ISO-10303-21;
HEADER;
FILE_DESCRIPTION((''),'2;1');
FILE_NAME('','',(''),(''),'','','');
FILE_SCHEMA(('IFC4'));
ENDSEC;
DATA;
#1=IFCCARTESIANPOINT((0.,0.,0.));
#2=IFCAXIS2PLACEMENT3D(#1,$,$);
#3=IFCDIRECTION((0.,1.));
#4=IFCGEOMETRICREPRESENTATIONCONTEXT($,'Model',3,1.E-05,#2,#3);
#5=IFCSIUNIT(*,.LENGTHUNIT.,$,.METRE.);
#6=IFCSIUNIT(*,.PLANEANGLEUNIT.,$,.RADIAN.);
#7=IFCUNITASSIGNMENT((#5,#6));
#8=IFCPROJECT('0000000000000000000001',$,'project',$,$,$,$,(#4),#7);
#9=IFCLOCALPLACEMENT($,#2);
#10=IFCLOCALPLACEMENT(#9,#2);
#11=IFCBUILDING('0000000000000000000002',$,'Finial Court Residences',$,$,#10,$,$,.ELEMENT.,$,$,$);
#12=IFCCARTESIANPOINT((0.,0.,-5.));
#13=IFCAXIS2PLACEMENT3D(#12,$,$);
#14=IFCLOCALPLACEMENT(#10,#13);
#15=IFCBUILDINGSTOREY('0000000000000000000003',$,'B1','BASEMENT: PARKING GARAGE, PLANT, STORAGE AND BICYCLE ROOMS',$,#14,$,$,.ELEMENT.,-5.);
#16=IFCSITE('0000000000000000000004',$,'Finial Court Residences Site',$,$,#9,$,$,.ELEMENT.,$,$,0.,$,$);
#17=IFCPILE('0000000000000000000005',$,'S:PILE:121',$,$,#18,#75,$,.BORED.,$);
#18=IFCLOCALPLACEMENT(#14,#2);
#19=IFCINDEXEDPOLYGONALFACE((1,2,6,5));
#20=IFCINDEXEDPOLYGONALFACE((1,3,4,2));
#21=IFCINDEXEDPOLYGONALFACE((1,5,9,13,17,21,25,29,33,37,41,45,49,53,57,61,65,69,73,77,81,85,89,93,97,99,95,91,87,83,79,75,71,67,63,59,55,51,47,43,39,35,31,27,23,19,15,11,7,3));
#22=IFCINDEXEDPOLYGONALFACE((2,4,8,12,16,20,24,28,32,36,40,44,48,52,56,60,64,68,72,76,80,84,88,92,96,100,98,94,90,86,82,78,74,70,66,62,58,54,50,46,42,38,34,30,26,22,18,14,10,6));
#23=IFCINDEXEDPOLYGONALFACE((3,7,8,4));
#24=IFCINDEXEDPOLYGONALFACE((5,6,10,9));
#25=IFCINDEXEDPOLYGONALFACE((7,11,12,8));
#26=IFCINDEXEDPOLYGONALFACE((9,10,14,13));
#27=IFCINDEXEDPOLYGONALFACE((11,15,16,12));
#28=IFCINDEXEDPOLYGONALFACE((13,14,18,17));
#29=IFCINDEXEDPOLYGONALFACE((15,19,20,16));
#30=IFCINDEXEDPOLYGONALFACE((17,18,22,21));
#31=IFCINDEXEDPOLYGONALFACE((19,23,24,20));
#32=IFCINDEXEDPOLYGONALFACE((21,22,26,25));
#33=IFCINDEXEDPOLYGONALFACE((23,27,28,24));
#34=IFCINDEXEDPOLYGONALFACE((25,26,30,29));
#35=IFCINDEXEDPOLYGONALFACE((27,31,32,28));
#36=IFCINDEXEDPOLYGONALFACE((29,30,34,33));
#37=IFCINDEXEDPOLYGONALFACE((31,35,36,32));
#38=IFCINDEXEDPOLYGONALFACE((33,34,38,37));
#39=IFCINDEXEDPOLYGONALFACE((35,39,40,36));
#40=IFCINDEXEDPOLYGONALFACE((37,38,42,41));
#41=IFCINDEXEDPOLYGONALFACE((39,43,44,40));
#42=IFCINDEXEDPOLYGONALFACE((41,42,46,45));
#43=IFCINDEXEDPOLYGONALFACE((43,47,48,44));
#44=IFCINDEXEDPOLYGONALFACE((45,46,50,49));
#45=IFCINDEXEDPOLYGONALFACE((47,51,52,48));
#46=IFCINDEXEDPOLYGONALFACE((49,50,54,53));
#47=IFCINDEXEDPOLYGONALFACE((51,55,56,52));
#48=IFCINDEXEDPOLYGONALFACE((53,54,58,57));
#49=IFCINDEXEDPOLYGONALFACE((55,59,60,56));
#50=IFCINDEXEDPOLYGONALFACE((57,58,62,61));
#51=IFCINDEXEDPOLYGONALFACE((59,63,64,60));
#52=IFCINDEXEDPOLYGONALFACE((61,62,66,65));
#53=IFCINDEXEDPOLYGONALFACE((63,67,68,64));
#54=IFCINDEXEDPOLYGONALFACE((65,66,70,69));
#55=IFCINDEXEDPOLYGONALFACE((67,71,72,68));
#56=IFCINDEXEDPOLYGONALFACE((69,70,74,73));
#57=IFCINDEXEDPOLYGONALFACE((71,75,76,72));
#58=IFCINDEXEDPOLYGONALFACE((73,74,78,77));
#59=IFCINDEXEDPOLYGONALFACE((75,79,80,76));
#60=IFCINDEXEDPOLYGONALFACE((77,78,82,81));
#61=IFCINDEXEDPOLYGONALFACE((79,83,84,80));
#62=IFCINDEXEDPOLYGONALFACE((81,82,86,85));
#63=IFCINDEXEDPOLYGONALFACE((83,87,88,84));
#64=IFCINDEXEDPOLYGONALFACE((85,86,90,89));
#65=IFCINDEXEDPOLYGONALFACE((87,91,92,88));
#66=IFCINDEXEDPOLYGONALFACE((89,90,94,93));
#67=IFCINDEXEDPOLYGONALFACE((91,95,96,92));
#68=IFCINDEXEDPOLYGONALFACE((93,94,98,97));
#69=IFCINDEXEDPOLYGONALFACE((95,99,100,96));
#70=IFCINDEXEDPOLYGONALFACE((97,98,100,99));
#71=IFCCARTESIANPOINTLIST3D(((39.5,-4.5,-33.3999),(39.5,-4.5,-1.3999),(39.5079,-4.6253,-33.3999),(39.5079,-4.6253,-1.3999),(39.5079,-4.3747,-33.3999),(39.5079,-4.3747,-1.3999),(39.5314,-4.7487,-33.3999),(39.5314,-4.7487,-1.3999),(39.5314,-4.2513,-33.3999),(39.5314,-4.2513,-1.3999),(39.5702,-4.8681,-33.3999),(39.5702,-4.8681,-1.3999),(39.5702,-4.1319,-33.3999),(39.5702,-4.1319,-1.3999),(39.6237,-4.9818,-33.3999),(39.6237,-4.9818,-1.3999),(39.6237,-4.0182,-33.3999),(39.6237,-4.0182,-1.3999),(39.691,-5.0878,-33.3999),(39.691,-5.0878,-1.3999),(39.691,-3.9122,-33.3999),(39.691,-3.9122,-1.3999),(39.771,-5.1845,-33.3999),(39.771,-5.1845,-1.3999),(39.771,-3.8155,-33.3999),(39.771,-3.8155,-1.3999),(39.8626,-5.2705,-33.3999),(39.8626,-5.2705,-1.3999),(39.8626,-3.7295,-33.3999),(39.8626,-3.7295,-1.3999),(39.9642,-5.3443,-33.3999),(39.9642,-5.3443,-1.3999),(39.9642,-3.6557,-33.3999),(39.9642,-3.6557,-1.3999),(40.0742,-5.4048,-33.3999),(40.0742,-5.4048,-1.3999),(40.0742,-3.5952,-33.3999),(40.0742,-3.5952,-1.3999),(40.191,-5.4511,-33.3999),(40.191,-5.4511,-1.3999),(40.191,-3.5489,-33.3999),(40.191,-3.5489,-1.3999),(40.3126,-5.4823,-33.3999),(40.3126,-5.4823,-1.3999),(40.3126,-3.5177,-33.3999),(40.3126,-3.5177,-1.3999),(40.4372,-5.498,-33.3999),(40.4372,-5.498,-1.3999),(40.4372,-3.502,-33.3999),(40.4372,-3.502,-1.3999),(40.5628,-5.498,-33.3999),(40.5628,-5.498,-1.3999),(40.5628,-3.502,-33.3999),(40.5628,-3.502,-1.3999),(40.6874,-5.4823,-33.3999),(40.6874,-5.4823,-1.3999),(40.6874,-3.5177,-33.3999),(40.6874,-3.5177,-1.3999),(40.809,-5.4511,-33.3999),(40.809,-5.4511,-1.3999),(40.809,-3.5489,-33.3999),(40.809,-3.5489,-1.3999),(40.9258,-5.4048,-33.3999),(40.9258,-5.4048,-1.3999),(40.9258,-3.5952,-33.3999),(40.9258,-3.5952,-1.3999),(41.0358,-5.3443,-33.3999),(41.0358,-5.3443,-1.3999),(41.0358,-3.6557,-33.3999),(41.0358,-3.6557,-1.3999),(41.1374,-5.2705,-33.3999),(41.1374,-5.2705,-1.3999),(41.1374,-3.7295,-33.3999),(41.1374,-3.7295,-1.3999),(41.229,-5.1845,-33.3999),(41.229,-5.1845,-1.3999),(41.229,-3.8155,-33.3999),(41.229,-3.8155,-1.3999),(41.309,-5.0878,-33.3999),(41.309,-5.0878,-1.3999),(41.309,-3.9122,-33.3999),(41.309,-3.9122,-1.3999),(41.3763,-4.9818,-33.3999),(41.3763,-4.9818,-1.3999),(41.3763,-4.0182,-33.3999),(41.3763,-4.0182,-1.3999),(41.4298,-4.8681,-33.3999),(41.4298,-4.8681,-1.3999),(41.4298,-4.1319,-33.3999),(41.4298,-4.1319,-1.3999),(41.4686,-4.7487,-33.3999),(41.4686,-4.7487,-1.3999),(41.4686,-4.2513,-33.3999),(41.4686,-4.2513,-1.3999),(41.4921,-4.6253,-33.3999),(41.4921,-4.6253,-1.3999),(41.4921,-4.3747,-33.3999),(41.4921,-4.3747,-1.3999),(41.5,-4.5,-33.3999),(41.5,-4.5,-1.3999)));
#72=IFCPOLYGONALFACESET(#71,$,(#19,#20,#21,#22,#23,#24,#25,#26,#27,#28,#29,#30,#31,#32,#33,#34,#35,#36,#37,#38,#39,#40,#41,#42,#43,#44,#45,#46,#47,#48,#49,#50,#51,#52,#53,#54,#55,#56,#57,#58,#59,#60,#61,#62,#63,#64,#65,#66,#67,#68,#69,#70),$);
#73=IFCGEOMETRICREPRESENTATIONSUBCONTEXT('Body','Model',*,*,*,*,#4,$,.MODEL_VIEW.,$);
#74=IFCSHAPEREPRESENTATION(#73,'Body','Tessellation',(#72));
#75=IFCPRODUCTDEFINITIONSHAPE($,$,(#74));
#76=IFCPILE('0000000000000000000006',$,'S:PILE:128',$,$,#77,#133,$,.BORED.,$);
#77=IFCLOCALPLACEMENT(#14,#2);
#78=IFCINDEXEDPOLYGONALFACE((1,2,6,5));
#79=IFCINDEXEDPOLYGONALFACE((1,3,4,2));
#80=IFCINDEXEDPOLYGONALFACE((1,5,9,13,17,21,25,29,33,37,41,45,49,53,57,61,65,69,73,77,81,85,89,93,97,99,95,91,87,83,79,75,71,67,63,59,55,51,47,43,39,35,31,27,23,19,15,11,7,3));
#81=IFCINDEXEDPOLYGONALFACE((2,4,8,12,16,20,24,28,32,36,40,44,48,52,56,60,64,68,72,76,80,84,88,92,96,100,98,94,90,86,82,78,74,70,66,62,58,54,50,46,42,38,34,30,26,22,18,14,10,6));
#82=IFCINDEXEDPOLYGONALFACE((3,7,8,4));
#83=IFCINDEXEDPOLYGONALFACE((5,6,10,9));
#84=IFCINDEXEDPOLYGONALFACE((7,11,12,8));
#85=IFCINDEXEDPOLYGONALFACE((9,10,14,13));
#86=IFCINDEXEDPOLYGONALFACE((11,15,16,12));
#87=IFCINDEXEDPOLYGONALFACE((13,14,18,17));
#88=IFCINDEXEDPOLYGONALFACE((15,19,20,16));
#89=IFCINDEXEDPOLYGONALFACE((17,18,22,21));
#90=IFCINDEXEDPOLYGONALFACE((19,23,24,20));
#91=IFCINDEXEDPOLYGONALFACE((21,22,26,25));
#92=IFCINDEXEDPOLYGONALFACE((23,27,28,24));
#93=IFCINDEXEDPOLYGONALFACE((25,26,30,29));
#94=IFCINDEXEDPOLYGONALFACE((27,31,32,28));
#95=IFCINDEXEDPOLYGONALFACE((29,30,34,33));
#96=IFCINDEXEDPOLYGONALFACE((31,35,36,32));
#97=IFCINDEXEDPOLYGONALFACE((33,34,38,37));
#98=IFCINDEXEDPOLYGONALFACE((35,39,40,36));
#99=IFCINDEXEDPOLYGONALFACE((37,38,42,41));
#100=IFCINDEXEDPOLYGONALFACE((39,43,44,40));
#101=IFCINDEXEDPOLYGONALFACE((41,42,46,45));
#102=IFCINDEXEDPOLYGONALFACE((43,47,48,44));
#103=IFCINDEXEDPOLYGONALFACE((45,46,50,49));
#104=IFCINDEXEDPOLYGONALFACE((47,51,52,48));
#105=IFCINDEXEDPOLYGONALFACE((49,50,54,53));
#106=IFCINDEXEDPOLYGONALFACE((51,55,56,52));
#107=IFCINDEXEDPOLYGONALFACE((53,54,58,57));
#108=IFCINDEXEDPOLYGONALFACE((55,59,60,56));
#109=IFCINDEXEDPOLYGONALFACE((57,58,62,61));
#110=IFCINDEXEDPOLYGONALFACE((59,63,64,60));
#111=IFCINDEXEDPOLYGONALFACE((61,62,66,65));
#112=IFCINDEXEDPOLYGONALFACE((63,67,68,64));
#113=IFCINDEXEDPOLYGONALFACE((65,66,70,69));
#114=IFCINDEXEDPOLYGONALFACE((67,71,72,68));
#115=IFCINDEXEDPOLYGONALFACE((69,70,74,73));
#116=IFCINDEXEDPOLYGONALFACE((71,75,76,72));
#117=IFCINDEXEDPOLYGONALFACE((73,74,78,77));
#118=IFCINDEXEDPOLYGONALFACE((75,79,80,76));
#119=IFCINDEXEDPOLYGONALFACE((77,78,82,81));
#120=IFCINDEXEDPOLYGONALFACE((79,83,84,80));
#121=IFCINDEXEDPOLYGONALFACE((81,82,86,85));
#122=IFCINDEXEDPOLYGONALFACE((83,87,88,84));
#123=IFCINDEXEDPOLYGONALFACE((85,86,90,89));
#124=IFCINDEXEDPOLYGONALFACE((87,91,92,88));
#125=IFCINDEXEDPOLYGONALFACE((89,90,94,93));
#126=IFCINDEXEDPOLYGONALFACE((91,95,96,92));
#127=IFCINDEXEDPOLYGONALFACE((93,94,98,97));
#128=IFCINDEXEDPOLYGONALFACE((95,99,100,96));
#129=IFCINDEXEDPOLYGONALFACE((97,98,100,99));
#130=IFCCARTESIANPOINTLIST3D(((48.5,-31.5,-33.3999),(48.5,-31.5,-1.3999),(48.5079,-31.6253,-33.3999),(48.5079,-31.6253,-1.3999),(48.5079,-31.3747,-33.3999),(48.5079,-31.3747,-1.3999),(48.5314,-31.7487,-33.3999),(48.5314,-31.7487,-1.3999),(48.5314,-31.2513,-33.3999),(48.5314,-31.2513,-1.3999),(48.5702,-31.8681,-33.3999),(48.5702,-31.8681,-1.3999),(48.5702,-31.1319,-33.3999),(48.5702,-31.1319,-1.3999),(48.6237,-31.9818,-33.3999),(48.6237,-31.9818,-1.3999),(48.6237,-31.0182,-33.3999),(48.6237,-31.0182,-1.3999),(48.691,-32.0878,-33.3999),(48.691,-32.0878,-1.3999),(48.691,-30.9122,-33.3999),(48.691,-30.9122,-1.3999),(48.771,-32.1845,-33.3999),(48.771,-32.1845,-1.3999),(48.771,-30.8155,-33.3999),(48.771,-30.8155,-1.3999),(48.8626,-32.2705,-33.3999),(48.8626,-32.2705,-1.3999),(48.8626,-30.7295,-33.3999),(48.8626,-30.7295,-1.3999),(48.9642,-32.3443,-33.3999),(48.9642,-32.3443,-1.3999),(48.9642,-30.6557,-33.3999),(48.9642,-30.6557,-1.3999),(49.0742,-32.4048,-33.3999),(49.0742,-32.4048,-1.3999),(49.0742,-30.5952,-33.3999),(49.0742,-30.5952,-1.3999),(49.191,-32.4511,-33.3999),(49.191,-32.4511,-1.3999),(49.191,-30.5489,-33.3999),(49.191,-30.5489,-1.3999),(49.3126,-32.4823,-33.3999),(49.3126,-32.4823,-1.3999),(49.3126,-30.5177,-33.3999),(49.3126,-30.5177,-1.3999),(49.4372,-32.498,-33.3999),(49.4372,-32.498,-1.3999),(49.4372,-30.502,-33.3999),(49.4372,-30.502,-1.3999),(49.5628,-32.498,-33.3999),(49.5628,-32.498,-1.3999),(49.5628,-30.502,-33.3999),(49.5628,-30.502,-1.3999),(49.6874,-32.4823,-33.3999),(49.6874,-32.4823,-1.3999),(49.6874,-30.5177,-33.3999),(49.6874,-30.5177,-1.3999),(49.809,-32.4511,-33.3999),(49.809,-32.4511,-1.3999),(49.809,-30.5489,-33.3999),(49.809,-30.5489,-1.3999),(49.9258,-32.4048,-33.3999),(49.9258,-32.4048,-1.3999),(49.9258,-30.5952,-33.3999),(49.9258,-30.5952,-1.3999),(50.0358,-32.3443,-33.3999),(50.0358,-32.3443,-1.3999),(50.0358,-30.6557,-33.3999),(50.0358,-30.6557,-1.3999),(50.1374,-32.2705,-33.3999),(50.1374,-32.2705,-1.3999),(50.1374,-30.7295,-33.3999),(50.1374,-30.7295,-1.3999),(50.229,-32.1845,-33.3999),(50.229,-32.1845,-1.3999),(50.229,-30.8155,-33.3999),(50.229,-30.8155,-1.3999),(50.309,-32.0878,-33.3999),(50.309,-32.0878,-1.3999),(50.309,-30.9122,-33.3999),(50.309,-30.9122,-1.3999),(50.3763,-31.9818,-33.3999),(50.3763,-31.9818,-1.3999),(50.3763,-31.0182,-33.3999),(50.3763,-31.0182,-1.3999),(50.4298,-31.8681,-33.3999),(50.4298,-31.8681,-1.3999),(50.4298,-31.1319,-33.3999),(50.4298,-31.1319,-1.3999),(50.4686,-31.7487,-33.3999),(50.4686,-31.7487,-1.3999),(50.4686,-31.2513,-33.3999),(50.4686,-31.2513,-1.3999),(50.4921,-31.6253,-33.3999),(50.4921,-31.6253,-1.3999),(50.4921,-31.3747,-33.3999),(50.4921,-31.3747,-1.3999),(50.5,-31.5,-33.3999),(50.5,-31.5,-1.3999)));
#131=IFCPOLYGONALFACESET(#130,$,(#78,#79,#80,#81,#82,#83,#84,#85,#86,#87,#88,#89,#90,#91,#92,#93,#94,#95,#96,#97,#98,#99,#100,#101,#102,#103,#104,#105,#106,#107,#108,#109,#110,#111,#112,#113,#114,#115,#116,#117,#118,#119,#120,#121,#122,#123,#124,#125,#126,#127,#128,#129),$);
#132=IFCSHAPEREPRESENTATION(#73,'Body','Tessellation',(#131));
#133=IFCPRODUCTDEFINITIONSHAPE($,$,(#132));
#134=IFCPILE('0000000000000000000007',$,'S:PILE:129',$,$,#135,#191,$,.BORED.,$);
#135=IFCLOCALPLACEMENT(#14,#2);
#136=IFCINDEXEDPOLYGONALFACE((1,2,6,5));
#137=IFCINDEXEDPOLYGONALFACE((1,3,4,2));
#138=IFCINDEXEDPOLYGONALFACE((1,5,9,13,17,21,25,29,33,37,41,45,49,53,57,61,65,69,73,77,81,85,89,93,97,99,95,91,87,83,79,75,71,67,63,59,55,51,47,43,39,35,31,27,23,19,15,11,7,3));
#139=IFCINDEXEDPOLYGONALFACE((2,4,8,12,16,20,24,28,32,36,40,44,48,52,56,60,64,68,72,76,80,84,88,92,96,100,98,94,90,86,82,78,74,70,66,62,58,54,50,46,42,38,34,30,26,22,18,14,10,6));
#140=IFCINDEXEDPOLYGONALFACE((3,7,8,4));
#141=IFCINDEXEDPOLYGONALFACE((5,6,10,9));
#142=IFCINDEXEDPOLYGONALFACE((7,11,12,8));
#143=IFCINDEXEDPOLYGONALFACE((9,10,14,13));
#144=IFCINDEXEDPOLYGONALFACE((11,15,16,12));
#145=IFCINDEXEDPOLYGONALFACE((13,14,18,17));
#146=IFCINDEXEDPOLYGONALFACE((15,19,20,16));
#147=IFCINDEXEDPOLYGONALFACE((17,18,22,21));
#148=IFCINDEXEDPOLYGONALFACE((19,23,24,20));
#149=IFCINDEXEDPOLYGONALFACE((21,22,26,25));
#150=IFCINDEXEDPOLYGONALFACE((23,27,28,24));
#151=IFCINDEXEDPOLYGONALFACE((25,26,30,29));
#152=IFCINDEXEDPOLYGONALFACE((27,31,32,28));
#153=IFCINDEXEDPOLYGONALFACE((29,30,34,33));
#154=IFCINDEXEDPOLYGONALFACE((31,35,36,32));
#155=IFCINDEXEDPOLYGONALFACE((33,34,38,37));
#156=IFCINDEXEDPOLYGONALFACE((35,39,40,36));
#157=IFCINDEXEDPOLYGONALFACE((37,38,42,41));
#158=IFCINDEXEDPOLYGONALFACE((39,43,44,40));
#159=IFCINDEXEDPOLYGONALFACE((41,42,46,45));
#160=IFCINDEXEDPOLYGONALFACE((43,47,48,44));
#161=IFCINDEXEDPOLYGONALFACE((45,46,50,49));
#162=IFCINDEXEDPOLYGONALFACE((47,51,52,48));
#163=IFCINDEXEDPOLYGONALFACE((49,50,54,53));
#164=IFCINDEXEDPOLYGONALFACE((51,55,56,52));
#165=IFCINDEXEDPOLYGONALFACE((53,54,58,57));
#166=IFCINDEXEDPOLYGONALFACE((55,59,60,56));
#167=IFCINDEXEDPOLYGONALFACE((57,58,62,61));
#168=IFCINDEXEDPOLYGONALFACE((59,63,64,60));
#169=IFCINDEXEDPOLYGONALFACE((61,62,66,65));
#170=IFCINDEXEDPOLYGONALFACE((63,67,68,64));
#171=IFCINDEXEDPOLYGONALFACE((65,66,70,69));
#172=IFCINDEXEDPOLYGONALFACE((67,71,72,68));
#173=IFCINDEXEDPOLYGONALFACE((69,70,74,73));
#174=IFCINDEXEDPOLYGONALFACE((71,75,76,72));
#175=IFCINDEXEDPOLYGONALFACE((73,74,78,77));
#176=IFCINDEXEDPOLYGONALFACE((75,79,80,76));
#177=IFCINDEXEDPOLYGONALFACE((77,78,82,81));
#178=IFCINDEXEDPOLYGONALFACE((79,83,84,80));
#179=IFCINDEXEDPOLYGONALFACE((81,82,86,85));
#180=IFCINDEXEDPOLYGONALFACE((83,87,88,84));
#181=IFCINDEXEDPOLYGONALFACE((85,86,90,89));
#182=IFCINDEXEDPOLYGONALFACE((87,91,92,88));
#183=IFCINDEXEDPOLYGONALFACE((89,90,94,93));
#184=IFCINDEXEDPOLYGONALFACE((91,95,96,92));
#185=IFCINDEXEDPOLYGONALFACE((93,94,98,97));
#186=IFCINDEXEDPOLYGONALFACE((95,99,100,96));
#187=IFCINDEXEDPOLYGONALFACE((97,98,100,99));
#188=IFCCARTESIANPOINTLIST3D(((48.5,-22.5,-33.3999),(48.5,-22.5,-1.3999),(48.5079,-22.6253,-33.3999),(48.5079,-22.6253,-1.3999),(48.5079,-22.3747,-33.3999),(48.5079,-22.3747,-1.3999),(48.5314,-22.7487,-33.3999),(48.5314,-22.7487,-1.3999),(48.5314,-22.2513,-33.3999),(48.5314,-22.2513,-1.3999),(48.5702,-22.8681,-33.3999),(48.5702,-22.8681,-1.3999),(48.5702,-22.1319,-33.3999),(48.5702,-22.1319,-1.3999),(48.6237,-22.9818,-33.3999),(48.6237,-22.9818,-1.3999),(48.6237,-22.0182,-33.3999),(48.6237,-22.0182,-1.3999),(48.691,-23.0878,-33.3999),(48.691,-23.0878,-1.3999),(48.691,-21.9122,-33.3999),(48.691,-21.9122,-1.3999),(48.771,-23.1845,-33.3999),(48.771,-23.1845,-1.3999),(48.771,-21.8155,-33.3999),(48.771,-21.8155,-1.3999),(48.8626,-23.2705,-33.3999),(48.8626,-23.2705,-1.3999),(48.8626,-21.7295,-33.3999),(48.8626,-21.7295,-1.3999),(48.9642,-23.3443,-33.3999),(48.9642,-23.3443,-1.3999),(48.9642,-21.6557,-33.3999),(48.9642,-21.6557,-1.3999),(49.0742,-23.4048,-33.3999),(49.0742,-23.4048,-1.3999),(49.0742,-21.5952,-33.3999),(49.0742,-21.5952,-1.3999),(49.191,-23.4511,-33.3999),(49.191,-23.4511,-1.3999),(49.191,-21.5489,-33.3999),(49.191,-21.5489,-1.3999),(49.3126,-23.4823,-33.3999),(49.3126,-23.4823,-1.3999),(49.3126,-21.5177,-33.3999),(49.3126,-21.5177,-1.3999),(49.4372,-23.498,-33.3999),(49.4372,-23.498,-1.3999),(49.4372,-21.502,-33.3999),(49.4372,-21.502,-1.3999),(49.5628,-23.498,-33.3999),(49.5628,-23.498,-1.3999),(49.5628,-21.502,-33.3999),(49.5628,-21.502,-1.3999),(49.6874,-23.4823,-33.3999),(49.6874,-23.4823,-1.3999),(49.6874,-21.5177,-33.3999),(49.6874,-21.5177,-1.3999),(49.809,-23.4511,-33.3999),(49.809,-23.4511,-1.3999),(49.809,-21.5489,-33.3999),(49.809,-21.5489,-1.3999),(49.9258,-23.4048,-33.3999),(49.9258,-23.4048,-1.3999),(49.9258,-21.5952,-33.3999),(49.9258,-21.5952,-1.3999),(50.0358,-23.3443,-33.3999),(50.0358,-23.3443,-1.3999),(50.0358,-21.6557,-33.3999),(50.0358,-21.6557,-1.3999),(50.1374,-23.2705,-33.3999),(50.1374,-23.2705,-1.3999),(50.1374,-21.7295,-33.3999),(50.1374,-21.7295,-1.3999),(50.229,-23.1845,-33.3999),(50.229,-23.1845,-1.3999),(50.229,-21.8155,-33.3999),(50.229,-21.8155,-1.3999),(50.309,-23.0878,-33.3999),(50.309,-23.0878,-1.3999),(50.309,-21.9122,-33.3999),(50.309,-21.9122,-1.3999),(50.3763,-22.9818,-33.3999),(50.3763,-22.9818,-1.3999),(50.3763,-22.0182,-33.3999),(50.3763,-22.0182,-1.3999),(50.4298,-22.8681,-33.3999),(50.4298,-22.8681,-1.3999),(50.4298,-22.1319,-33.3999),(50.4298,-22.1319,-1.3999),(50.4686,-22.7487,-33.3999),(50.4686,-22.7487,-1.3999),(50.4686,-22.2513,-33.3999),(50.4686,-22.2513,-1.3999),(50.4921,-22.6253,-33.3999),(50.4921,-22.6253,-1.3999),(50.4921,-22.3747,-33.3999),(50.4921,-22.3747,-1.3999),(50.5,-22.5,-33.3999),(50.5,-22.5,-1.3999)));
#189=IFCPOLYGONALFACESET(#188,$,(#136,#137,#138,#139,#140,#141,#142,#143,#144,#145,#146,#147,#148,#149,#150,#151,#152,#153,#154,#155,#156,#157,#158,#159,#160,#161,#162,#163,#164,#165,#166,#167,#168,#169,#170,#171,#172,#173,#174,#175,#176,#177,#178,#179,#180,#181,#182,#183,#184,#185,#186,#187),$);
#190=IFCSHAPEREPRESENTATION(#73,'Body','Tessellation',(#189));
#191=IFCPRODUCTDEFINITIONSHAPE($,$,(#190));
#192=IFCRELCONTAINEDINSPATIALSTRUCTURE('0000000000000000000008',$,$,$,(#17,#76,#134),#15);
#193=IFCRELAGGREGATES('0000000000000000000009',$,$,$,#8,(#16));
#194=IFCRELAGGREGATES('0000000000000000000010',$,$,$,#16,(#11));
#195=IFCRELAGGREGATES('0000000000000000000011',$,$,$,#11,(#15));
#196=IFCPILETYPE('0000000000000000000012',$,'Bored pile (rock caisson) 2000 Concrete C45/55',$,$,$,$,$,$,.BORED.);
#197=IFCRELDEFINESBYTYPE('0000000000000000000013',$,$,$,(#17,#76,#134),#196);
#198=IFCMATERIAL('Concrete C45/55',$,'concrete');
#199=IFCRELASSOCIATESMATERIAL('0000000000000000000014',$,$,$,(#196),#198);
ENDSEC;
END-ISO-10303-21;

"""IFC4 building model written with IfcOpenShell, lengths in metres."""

from ifc_helpers import new_model, si_unit, direction, frame, origin, origin_2d, place, context, subcontext, project, spatial, circle, extrude, material, material_profile, profile_set, type_object, element, save


model = new_model("IFC4")

# Units and contexts
model_context = context("Model", 3, precision=1e-05, world=origin(), true_north=direction((0.0, 1.0)))
body_context = subcontext(model_context, "Body", "Model", "MODEL_VIEW")
ifc_project = project(units=[si_unit("LENGTHUNIT", "METRE"), si_unit("PLANEANGLEUNIT", "RADIAN")], contexts=[model_context])

# Site, building, storey
site_placement = place(None, origin())
site = spatial("IfcSite", under=ifc_project, at=site_placement, Name="Finial Court Residences Site", CompositionType="ELEMENT", RefElevation=0.0)
building_placement = place(site_placement, origin())
building = spatial("IfcBuilding", under=site, at=building_placement, Name="Finial Court Residences", CompositionType="ELEMENT")
storey_placement = place(building_placement, frame((0.0, 0.0, -5.0)))
storey = spatial("IfcBuildingStorey", under=building, at=storey_placement, Name="B1", Description="BASEMENT: PARKING GARAGE, PLANT, STORAGE AND BICYCLE ROOMS", CompositionType="ELEMENT", Elevation=-5.0)

# Piles
ifc_material_1 = material(Name="Concrete C45/55", Category="concrete")
ifc_material_profile_1 = material_profile(ifc_material_1, circle(Radius=1.0, at=origin_2d()), Name="D2000")
ifc_profile_set_1 = profile_set([ifc_material_profile_1], Name="Concrete C45/55")
pile_type = type_object("IfcPileType", Name="Bored pile (rock caisson) 2000 Concrete C45/55", PredefinedType="BORED", material=ifc_profile_set_1)
for number, where, z_axis, x_axis, name in (
    (1, (40.5, -4.5, -1.3999), (0.0, 0.0, -1.0), (1.0, 0.0, 0.0), "S:PILE:121"),
    (2, (49.5, -31.5, -1.3999), (0.0, 0.0, -1.0), (1.0, 0.0, 0.0), "S:PILE:128"),
    (3, (49.5, -22.5, -1.3999), (0.0, 0.0, -1.0), (1.0, 0.0, 0.0), "S:PILE:129"),
):
    element("IfcPile", number, at=place(storey_placement, frame(where, z_axis=z_axis, x_axis=x_axis)), inside=storey, type_object=pile_type, Name=name, PredefinedType="BORED", context=body_context, shape_type="SweptSolid", body=[
        extrude(circle(Radius=1.0, at=origin_2d()), origin(), (0.0, 0.0, 1.0), 32.0),
    ])

save(model, "model.ifc")
